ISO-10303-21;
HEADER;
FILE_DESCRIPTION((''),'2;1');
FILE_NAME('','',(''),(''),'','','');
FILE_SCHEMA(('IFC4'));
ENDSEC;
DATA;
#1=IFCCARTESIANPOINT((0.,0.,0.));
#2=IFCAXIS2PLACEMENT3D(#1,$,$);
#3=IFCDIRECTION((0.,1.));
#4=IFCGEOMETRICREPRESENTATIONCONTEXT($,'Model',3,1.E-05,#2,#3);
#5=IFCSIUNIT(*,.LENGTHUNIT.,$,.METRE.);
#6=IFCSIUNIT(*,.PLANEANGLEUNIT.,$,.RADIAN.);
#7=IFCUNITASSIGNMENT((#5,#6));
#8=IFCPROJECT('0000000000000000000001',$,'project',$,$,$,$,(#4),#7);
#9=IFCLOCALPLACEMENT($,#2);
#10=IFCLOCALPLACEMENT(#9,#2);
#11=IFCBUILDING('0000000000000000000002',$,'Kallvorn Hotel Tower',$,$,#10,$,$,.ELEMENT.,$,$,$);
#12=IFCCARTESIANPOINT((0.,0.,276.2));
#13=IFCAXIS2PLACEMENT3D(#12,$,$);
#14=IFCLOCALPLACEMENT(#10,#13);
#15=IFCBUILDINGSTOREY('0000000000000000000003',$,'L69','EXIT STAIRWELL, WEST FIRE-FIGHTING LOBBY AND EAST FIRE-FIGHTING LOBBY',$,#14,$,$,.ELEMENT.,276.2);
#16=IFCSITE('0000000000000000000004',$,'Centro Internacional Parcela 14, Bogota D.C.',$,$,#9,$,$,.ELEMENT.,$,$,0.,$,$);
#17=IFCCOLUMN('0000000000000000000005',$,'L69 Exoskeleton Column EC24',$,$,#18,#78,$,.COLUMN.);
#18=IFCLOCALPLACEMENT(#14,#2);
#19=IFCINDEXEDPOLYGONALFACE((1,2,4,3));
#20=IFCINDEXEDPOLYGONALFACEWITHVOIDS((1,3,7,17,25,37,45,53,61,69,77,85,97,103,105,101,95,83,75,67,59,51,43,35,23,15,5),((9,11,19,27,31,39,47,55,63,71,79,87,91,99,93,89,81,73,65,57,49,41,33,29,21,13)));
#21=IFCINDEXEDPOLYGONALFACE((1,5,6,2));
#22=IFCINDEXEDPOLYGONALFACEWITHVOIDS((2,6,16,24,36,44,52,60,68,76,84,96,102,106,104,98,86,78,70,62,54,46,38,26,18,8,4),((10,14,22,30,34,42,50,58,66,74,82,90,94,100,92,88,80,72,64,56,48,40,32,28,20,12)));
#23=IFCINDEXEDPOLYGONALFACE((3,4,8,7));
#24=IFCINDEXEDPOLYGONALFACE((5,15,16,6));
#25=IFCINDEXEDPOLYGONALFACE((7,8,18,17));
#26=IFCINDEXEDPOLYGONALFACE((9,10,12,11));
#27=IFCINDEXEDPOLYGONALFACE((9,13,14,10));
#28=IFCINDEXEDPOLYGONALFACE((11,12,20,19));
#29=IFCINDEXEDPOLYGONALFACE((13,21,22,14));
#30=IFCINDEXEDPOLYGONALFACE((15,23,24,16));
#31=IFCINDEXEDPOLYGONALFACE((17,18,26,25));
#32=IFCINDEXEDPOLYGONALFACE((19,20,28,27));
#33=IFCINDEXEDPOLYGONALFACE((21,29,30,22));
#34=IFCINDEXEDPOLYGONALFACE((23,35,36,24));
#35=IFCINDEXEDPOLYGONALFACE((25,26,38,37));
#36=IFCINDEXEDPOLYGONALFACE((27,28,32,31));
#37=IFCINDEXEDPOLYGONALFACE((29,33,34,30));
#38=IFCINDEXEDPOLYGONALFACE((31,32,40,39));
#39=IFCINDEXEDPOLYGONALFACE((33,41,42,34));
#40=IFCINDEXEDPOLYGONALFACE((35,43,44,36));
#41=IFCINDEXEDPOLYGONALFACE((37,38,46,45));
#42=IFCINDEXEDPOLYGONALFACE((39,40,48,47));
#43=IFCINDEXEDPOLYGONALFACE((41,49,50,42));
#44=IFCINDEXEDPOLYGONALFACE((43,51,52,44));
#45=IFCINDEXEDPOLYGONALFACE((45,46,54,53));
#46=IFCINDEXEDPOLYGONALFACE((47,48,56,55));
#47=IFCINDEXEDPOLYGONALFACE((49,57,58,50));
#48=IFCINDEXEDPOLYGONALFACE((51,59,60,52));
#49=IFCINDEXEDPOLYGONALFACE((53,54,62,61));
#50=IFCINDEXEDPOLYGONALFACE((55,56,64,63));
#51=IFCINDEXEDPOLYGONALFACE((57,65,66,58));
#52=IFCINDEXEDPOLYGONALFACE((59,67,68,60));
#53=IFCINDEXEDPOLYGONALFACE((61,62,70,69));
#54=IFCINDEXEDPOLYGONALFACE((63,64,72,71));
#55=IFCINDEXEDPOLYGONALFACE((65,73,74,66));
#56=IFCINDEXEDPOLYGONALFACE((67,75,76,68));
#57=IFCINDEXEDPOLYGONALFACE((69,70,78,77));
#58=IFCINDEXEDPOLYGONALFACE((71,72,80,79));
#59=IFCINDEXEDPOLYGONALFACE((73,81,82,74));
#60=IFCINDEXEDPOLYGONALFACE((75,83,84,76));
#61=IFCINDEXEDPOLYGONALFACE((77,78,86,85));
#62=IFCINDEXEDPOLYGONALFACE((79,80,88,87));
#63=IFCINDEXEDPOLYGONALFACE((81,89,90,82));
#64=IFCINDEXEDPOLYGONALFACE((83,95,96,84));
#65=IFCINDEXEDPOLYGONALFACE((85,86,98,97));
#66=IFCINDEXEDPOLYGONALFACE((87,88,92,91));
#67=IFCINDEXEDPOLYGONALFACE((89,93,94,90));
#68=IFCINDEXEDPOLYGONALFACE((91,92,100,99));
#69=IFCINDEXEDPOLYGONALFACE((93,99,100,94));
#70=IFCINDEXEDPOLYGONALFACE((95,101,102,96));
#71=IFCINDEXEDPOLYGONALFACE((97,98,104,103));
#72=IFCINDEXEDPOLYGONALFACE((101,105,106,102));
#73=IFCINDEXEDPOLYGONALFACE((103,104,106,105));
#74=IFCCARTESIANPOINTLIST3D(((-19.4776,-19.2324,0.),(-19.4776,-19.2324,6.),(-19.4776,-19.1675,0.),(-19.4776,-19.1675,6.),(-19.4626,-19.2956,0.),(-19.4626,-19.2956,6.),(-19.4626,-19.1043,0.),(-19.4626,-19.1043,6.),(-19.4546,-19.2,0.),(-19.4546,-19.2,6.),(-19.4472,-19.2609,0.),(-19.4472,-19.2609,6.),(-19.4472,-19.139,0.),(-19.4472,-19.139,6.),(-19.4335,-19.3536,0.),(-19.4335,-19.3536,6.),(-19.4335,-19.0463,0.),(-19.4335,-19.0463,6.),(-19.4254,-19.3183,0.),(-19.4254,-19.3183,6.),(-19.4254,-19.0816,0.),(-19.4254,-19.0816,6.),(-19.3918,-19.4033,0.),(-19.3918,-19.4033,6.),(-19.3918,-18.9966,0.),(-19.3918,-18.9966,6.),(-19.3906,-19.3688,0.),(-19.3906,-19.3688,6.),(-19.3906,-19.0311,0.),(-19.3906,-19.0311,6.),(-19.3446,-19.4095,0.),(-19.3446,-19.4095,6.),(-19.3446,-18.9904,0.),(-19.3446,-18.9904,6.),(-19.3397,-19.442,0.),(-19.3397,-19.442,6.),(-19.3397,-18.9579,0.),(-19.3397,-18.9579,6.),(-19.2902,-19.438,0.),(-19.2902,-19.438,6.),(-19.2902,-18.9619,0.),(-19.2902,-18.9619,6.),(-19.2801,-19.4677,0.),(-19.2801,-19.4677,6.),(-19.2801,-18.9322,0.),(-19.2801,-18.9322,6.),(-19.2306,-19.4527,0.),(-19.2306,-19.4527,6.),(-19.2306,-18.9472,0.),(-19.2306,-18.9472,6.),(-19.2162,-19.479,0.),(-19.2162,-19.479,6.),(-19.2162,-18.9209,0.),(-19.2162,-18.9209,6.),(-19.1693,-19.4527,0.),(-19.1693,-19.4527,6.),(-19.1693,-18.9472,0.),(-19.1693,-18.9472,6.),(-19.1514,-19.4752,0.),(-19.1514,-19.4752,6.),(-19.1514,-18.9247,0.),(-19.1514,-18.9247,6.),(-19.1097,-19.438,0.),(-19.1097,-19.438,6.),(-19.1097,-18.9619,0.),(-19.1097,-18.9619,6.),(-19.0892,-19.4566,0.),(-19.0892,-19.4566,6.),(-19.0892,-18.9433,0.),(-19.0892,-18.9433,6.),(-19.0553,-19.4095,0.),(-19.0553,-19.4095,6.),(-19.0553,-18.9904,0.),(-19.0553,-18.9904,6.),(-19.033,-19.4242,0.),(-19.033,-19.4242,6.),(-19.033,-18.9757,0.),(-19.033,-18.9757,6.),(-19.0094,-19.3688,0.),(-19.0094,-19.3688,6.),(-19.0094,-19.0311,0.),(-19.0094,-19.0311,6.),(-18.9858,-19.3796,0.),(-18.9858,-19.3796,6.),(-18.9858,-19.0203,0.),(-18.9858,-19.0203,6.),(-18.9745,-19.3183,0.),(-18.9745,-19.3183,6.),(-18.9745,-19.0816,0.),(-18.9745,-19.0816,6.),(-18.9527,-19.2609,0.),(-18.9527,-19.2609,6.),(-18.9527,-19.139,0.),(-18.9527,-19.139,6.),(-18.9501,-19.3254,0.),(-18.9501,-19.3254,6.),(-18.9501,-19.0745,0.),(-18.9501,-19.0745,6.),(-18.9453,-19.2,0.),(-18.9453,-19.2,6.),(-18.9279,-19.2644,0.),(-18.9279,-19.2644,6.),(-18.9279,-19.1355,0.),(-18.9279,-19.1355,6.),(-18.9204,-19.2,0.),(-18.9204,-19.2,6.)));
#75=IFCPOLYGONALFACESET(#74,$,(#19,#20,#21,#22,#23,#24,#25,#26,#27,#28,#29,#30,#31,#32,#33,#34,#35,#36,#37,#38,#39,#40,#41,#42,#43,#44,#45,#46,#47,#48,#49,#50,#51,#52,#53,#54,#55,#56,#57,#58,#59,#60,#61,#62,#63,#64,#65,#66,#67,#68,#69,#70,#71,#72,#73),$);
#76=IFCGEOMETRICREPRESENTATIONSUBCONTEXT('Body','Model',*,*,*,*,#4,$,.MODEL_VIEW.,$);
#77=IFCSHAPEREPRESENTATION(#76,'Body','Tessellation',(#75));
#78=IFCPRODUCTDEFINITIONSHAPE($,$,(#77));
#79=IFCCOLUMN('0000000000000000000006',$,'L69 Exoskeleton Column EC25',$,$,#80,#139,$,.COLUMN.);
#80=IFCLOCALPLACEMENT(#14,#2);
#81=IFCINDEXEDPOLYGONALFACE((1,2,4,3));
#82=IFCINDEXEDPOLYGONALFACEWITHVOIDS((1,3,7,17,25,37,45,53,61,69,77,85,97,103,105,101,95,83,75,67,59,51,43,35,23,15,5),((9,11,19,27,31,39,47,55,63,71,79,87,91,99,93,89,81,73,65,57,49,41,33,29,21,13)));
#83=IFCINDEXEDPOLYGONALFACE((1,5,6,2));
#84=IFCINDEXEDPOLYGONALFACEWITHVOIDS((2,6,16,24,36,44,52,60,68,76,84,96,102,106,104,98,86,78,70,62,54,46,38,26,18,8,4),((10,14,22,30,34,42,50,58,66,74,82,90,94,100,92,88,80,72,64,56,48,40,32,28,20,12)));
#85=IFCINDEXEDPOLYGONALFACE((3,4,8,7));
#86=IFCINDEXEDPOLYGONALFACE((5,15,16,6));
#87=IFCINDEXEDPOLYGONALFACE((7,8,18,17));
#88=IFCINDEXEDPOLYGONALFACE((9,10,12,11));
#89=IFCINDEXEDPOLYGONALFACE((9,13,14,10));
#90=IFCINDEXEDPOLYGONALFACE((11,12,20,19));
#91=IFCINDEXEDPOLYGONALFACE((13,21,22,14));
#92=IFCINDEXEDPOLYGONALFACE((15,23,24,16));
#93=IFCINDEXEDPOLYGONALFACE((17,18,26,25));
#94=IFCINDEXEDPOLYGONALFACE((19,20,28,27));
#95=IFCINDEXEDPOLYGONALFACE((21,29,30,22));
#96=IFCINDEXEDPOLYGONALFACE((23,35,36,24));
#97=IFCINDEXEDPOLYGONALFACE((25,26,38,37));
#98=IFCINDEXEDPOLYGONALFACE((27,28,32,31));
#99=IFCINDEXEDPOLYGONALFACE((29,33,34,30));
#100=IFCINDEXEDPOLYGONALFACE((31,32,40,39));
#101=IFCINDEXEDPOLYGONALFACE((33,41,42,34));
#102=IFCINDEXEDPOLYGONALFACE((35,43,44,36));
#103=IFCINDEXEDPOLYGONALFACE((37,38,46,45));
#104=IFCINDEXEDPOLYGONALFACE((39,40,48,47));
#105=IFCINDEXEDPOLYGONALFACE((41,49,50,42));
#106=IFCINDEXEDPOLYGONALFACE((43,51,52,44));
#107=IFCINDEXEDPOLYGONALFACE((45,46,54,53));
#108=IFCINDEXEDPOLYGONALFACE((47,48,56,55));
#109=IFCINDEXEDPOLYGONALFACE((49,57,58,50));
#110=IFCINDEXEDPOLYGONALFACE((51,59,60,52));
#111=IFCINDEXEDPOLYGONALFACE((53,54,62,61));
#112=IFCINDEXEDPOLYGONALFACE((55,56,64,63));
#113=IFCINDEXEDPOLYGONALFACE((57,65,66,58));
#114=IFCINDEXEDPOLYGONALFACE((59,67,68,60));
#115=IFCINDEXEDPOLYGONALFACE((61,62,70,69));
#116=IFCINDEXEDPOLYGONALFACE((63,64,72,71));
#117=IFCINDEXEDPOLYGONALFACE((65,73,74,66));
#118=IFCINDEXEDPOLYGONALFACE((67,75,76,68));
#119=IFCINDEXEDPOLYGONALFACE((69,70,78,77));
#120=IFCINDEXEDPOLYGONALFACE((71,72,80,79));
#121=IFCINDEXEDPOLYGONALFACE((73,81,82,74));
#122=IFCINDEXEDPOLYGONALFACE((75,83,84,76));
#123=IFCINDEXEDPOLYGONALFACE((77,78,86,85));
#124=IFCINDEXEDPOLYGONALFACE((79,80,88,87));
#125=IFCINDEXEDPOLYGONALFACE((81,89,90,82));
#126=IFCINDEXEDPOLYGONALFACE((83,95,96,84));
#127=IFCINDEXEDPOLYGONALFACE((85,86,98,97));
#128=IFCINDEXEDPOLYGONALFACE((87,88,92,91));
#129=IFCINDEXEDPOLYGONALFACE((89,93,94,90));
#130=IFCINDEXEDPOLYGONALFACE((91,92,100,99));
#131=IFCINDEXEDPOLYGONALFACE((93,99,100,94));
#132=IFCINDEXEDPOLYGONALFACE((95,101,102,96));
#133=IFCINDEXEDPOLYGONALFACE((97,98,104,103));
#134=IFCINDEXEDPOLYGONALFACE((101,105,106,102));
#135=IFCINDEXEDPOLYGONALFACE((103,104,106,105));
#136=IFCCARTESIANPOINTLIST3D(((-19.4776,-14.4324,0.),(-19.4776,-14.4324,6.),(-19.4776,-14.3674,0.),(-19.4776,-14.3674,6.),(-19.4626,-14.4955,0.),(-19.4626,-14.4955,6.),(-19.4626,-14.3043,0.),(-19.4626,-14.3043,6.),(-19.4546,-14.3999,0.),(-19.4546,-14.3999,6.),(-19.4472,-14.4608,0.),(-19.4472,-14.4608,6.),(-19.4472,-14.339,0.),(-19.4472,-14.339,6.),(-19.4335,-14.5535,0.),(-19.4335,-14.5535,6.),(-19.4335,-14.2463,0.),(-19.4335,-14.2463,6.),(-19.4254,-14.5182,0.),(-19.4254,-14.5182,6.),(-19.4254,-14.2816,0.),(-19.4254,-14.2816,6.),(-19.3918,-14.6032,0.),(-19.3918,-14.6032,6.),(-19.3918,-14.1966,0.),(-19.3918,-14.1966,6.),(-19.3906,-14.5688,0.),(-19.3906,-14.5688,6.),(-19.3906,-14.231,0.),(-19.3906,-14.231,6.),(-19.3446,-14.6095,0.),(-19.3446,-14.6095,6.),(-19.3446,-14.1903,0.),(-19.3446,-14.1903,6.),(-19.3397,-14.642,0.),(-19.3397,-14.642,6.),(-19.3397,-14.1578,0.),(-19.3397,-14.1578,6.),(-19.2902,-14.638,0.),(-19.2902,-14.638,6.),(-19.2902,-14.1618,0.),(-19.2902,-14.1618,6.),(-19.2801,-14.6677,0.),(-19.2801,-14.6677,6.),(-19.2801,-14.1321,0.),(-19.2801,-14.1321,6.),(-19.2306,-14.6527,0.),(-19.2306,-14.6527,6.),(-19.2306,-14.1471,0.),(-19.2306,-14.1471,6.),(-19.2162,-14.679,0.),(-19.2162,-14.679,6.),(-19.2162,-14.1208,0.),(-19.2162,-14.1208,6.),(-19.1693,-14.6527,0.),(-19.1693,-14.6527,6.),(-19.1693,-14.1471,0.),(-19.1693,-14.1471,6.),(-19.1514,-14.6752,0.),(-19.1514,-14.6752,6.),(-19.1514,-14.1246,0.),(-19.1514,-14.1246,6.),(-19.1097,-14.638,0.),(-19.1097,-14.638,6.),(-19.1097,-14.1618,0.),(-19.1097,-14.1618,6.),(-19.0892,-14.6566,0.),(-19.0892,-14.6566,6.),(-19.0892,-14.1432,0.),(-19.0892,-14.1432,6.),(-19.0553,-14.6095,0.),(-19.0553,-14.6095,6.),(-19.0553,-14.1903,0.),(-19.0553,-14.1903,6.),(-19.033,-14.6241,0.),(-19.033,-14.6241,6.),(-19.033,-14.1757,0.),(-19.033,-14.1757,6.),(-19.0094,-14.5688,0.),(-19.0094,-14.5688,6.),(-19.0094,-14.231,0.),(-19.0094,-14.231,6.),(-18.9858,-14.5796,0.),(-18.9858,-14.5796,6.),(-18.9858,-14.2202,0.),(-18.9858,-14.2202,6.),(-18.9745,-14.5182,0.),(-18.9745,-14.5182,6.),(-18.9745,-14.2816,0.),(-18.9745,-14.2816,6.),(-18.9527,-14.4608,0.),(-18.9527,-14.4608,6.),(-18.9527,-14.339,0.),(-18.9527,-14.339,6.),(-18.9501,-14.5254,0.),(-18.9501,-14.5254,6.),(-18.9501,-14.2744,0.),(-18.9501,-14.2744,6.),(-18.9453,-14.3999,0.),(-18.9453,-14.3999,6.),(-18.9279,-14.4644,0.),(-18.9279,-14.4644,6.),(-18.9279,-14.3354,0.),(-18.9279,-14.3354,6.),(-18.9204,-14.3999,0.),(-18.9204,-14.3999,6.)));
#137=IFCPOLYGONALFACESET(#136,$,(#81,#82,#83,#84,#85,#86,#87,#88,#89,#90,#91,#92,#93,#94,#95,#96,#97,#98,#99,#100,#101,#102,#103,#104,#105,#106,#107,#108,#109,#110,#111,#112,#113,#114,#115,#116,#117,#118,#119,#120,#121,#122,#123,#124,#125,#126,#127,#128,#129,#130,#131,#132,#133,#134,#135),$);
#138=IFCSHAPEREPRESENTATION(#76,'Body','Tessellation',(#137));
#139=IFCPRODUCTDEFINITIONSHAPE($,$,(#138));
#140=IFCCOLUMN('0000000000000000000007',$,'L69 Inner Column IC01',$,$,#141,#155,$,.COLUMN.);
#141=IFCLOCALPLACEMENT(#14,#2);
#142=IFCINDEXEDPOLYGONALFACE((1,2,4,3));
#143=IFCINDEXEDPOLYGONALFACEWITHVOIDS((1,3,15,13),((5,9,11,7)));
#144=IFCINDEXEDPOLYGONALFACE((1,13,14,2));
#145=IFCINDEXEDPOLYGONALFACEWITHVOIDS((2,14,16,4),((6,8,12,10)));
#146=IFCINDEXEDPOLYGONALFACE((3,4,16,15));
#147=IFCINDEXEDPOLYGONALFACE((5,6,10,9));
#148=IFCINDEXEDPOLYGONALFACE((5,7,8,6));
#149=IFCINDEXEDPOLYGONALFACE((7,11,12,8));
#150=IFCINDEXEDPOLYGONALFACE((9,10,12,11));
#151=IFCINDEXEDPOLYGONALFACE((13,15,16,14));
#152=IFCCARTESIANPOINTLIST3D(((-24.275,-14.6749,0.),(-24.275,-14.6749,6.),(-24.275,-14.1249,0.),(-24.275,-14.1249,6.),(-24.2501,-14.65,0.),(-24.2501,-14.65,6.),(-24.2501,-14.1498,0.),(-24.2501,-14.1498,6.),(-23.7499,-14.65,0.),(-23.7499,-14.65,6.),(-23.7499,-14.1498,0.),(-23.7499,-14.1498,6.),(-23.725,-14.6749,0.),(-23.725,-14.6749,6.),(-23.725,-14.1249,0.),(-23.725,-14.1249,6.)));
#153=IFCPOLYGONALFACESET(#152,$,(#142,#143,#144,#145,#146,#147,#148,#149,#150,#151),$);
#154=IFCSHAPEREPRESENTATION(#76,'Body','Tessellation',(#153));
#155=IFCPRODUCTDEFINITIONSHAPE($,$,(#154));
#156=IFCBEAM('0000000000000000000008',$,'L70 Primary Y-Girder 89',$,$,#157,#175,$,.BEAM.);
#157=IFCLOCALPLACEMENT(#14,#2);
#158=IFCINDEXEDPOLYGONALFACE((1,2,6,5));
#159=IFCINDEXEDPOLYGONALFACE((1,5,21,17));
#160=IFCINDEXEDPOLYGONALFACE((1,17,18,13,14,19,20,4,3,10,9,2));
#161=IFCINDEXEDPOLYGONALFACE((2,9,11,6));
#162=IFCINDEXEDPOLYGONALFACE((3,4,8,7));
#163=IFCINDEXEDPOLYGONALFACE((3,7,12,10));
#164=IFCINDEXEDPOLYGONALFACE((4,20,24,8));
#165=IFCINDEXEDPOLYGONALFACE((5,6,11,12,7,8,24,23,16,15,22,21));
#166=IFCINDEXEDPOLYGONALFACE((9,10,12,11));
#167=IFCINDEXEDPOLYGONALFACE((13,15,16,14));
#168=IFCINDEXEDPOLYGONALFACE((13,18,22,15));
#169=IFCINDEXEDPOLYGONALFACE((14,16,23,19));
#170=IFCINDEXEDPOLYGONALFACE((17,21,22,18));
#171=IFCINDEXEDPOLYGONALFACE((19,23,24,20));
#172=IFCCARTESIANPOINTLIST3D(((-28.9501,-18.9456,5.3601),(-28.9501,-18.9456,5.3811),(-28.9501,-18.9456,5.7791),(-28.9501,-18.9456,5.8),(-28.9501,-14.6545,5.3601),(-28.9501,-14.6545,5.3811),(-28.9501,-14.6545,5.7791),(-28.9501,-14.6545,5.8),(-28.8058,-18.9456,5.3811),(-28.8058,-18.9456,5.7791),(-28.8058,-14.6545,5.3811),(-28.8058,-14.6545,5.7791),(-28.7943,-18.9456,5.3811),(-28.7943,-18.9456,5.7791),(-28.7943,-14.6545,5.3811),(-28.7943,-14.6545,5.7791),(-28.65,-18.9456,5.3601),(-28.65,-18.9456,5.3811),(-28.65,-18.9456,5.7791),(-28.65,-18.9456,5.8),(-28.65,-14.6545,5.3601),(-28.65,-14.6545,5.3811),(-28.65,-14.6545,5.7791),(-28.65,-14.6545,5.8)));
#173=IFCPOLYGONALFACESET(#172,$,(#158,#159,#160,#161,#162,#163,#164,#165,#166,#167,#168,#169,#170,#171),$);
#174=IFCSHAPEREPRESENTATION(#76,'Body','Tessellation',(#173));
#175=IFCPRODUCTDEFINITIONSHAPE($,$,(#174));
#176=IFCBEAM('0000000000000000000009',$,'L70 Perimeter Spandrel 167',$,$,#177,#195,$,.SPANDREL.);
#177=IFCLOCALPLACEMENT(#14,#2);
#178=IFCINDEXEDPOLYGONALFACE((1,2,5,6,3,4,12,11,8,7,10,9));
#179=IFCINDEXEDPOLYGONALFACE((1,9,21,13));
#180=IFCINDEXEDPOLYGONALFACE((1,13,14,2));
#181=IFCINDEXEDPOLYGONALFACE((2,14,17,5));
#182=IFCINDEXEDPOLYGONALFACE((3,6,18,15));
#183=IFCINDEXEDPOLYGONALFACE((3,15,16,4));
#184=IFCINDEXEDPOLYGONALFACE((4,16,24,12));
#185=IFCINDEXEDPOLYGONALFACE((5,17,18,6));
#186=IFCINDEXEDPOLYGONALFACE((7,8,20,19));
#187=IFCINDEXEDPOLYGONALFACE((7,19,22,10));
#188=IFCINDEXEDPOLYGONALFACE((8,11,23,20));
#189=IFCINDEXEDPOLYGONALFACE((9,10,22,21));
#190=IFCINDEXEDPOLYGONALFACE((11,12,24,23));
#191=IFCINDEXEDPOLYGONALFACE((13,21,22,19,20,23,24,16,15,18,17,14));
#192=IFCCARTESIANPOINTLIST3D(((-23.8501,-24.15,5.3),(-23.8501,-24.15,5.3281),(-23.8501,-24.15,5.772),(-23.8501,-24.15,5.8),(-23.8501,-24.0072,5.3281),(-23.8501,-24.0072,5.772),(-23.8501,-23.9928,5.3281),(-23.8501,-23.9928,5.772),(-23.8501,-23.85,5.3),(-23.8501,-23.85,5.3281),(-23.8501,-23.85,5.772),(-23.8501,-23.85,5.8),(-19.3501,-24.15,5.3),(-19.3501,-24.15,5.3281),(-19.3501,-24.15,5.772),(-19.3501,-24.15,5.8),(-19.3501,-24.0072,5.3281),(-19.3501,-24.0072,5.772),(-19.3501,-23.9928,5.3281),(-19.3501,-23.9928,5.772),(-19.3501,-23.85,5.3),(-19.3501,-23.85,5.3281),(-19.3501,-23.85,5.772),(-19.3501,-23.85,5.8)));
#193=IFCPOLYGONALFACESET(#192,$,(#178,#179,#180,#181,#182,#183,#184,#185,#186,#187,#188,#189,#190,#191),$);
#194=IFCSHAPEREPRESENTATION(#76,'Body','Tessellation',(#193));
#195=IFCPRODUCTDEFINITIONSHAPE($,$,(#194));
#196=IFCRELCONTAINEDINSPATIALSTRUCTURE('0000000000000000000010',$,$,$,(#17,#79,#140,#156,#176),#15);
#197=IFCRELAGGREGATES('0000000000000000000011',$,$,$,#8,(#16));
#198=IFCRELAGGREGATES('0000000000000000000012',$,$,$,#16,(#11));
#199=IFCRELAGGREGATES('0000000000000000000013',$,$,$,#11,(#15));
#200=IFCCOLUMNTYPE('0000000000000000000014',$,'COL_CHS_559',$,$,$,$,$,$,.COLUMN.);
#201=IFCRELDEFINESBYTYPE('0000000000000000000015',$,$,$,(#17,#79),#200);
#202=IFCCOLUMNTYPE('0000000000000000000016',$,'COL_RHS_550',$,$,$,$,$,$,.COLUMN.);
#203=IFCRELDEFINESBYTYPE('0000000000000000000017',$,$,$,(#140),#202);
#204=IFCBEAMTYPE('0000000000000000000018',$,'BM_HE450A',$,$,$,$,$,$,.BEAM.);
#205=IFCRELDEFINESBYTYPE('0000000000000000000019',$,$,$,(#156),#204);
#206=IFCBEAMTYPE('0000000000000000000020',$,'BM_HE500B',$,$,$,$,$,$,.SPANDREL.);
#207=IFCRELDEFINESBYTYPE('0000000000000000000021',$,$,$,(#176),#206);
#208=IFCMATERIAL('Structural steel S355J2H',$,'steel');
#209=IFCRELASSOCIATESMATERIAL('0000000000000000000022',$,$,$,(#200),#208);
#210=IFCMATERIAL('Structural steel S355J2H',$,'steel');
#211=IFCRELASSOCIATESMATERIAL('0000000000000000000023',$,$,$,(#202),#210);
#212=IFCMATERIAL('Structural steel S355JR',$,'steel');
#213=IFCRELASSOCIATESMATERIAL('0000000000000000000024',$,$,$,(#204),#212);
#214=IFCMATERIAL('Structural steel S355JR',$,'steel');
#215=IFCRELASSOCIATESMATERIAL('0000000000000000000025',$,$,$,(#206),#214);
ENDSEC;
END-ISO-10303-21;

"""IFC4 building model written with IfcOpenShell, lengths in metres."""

from ifc_helpers import new_model, si_unit, direction, frame, origin, origin_2d, place, context, subcontext, project, spatial, hollow_rectangle, hollow_circle, i_section, extrude, material, material_profile, profile_set, type_object, element, save


model = new_model("IFC4")

# Units and contexts
model_context = context("Model", 3, precision=1e-05, world=origin(), true_north=direction((0.0, 1.0)))
body_context = subcontext(model_context, "Body", "Model", "MODEL_VIEW")
ifc_project = project(units=[si_unit("LENGTHUNIT", "METRE"), si_unit("PLANEANGLEUNIT", "RADIAN")], contexts=[model_context])

# Site, building, storey
site_placement = place(None, origin())
site = spatial("IfcSite", under=ifc_project, at=site_placement, Name="Centro Internacional Parcela 14, Bogota D.C.", CompositionType="ELEMENT", RefElevation=0.0)
building_placement = place(site_placement, origin())
building = spatial("IfcBuilding", under=site, at=building_placement, Name="Kallvorn Hotel Tower", CompositionType="ELEMENT")
storey_placement = place(building_placement, frame((0.0, 0.0, 276.2)))
storey = spatial("IfcBuildingStorey", under=building, at=storey_placement, Name="L69", Description="EXIT STAIRWELL, WEST FIRE-FIGHTING LOBBY AND EAST FIRE-FIGHTING LOBBY", CompositionType="ELEMENT", Elevation=276.2)

# Columns
ifc_material_1 = material(Name="Structural steel S355J2H", Category="steel")
ifc_material_profile_1 = material_profile(ifc_material_1, hollow_circle(Radius=0.2795, WallThickness=0.0249, at=origin_2d()), Name="CHS 559x25")
ifc_profile_set_1 = profile_set([ifc_material_profile_1], Name="Structural steel S355J2H")
column_type_1 = type_object("IfcColumnType", Name="COL_CHS_559", PredefinedType="COLUMN", material=ifc_profile_set_1)
for number, where, z_axis, x_axis, name in (
    (1, (-19.2, -19.2, 0.0), (0.0, 0.0, 1.0), (1.0, 0.0, 0.0), "L69 Exoskeleton Column EC24"),
    (2, (-19.2, -14.3999, 0.0), (0.0, 0.0, 1.0), (1.0, 0.0, 0.0), "L69 Exoskeleton Column EC25"),
):
    element("IfcColumn", number, at=place(storey_placement, frame(where, z_axis=z_axis, x_axis=x_axis)), inside=storey, type_object=column_type_1, Name=name, PredefinedType="COLUMN", context=body_context, shape_type="SweptSolid", body=[
        extrude(hollow_circle(Radius=0.2795, WallThickness=0.0249, at=origin_2d()), origin(), (0.0, 0.0, 1.0), 6.0),
    ])
ifc_material_2 = material(Name="Structural steel S355J2H", Category="steel")
ifc_material_profile_2 = material_profile(ifc_material_2, hollow_rectangle(XDim=0.55, YDim=0.55, WallThickness=0.0249, at=origin_2d()), Name="RHS 550x550x25")
ifc_profile_set_2 = profile_set([ifc_material_profile_2], Name="Structural steel S355J2H")
column_type_2 = type_object("IfcColumnType", Name="COL_RHS_550", PredefinedType="COLUMN", material=ifc_profile_set_2)
column_placement = place(storey_placement, frame((-24.0, -14.3999, 0.0), z_axis=(0.0, 0.0, 1.0), x_axis=(1.0, 0.0, 0.0)))
element("IfcColumn", 3, at=column_placement, inside=storey, type_object=column_type_2, Name="L69 Inner Column IC01", PredefinedType="COLUMN", context=body_context, shape_type="SweptSolid", body=[
    extrude(hollow_rectangle(XDim=0.55, YDim=0.55, WallThickness=0.0249, at=origin_2d()), origin(), (0.0, 0.0, 1.0), 6.0),
])

# Beams
ifc_material_3 = material(Name="Structural steel S355JR", Category="steel")
ifc_material_profile_3 = material_profile(ifc_material_3, i_section(OverallWidth=0.3, OverallDepth=0.4399, WebThickness=0.0115, FlangeThickness=0.021, at=origin_2d()), Name="HE 450 A")
ifc_profile_set_3 = profile_set([ifc_material_profile_3], Name="Structural steel S355JR")
beam_type_1 = type_object("IfcBeamType", Name="BM_HE450A", PredefinedType="BEAM", material=ifc_profile_set_3)
beam_1_placement = place(storey_placement, frame((-28.8, -18.9456, 5.5801), z_axis=(0.0, 1.0, 0.0), x_axis=(-1.0, 0.0, 0.0)))
element("IfcBeam", 4, at=beam_1_placement, inside=storey, type_object=beam_type_1, Name="L70 Primary Y-Girder 89", PredefinedType="BEAM", context=body_context, shape_type="SweptSolid", body=[
    extrude(i_section(OverallWidth=0.3, OverallDepth=0.4399, WebThickness=0.0115, FlangeThickness=0.021, at=origin_2d()), origin(), (0.0, 0.0, 1.0), 4.291),
])
ifc_material_4 = material(Name="Structural steel S355JR", Category="steel")
ifc_material_profile_4 = material_profile(ifc_material_4, i_section(OverallWidth=0.3, OverallDepth=0.5, WebThickness=0.0144, FlangeThickness=0.0281, at=origin_2d()), Name="HE 500 B")
ifc_profile_set_4 = profile_set([ifc_material_profile_4], Name="Structural steel S355JR")
beam_type_2 = type_object("IfcBeamType", Name="BM_HE500B", PredefinedType="SPANDREL", material=ifc_profile_set_4)
beam_2_placement = place(storey_placement, frame((-23.8501, -24.0, 5.55), z_axis=(1.0, 0.0, 0.0), x_axis=(0.0, 1.0, 0.0)))
element("IfcBeam", 5, at=beam_2_placement, inside=storey, type_object=beam_type_2, Name="L70 Perimeter Spandrel 167", PredefinedType="SPANDREL", context=body_context, shape_type="SweptSolid", body=[
    extrude(i_section(OverallWidth=0.3, OverallDepth=0.5, WebThickness=0.0144, FlangeThickness=0.0281, at=origin_2d()), origin(), (0.0, 0.0, 1.0), 4.5),
])

save(model, "model.ifc")
